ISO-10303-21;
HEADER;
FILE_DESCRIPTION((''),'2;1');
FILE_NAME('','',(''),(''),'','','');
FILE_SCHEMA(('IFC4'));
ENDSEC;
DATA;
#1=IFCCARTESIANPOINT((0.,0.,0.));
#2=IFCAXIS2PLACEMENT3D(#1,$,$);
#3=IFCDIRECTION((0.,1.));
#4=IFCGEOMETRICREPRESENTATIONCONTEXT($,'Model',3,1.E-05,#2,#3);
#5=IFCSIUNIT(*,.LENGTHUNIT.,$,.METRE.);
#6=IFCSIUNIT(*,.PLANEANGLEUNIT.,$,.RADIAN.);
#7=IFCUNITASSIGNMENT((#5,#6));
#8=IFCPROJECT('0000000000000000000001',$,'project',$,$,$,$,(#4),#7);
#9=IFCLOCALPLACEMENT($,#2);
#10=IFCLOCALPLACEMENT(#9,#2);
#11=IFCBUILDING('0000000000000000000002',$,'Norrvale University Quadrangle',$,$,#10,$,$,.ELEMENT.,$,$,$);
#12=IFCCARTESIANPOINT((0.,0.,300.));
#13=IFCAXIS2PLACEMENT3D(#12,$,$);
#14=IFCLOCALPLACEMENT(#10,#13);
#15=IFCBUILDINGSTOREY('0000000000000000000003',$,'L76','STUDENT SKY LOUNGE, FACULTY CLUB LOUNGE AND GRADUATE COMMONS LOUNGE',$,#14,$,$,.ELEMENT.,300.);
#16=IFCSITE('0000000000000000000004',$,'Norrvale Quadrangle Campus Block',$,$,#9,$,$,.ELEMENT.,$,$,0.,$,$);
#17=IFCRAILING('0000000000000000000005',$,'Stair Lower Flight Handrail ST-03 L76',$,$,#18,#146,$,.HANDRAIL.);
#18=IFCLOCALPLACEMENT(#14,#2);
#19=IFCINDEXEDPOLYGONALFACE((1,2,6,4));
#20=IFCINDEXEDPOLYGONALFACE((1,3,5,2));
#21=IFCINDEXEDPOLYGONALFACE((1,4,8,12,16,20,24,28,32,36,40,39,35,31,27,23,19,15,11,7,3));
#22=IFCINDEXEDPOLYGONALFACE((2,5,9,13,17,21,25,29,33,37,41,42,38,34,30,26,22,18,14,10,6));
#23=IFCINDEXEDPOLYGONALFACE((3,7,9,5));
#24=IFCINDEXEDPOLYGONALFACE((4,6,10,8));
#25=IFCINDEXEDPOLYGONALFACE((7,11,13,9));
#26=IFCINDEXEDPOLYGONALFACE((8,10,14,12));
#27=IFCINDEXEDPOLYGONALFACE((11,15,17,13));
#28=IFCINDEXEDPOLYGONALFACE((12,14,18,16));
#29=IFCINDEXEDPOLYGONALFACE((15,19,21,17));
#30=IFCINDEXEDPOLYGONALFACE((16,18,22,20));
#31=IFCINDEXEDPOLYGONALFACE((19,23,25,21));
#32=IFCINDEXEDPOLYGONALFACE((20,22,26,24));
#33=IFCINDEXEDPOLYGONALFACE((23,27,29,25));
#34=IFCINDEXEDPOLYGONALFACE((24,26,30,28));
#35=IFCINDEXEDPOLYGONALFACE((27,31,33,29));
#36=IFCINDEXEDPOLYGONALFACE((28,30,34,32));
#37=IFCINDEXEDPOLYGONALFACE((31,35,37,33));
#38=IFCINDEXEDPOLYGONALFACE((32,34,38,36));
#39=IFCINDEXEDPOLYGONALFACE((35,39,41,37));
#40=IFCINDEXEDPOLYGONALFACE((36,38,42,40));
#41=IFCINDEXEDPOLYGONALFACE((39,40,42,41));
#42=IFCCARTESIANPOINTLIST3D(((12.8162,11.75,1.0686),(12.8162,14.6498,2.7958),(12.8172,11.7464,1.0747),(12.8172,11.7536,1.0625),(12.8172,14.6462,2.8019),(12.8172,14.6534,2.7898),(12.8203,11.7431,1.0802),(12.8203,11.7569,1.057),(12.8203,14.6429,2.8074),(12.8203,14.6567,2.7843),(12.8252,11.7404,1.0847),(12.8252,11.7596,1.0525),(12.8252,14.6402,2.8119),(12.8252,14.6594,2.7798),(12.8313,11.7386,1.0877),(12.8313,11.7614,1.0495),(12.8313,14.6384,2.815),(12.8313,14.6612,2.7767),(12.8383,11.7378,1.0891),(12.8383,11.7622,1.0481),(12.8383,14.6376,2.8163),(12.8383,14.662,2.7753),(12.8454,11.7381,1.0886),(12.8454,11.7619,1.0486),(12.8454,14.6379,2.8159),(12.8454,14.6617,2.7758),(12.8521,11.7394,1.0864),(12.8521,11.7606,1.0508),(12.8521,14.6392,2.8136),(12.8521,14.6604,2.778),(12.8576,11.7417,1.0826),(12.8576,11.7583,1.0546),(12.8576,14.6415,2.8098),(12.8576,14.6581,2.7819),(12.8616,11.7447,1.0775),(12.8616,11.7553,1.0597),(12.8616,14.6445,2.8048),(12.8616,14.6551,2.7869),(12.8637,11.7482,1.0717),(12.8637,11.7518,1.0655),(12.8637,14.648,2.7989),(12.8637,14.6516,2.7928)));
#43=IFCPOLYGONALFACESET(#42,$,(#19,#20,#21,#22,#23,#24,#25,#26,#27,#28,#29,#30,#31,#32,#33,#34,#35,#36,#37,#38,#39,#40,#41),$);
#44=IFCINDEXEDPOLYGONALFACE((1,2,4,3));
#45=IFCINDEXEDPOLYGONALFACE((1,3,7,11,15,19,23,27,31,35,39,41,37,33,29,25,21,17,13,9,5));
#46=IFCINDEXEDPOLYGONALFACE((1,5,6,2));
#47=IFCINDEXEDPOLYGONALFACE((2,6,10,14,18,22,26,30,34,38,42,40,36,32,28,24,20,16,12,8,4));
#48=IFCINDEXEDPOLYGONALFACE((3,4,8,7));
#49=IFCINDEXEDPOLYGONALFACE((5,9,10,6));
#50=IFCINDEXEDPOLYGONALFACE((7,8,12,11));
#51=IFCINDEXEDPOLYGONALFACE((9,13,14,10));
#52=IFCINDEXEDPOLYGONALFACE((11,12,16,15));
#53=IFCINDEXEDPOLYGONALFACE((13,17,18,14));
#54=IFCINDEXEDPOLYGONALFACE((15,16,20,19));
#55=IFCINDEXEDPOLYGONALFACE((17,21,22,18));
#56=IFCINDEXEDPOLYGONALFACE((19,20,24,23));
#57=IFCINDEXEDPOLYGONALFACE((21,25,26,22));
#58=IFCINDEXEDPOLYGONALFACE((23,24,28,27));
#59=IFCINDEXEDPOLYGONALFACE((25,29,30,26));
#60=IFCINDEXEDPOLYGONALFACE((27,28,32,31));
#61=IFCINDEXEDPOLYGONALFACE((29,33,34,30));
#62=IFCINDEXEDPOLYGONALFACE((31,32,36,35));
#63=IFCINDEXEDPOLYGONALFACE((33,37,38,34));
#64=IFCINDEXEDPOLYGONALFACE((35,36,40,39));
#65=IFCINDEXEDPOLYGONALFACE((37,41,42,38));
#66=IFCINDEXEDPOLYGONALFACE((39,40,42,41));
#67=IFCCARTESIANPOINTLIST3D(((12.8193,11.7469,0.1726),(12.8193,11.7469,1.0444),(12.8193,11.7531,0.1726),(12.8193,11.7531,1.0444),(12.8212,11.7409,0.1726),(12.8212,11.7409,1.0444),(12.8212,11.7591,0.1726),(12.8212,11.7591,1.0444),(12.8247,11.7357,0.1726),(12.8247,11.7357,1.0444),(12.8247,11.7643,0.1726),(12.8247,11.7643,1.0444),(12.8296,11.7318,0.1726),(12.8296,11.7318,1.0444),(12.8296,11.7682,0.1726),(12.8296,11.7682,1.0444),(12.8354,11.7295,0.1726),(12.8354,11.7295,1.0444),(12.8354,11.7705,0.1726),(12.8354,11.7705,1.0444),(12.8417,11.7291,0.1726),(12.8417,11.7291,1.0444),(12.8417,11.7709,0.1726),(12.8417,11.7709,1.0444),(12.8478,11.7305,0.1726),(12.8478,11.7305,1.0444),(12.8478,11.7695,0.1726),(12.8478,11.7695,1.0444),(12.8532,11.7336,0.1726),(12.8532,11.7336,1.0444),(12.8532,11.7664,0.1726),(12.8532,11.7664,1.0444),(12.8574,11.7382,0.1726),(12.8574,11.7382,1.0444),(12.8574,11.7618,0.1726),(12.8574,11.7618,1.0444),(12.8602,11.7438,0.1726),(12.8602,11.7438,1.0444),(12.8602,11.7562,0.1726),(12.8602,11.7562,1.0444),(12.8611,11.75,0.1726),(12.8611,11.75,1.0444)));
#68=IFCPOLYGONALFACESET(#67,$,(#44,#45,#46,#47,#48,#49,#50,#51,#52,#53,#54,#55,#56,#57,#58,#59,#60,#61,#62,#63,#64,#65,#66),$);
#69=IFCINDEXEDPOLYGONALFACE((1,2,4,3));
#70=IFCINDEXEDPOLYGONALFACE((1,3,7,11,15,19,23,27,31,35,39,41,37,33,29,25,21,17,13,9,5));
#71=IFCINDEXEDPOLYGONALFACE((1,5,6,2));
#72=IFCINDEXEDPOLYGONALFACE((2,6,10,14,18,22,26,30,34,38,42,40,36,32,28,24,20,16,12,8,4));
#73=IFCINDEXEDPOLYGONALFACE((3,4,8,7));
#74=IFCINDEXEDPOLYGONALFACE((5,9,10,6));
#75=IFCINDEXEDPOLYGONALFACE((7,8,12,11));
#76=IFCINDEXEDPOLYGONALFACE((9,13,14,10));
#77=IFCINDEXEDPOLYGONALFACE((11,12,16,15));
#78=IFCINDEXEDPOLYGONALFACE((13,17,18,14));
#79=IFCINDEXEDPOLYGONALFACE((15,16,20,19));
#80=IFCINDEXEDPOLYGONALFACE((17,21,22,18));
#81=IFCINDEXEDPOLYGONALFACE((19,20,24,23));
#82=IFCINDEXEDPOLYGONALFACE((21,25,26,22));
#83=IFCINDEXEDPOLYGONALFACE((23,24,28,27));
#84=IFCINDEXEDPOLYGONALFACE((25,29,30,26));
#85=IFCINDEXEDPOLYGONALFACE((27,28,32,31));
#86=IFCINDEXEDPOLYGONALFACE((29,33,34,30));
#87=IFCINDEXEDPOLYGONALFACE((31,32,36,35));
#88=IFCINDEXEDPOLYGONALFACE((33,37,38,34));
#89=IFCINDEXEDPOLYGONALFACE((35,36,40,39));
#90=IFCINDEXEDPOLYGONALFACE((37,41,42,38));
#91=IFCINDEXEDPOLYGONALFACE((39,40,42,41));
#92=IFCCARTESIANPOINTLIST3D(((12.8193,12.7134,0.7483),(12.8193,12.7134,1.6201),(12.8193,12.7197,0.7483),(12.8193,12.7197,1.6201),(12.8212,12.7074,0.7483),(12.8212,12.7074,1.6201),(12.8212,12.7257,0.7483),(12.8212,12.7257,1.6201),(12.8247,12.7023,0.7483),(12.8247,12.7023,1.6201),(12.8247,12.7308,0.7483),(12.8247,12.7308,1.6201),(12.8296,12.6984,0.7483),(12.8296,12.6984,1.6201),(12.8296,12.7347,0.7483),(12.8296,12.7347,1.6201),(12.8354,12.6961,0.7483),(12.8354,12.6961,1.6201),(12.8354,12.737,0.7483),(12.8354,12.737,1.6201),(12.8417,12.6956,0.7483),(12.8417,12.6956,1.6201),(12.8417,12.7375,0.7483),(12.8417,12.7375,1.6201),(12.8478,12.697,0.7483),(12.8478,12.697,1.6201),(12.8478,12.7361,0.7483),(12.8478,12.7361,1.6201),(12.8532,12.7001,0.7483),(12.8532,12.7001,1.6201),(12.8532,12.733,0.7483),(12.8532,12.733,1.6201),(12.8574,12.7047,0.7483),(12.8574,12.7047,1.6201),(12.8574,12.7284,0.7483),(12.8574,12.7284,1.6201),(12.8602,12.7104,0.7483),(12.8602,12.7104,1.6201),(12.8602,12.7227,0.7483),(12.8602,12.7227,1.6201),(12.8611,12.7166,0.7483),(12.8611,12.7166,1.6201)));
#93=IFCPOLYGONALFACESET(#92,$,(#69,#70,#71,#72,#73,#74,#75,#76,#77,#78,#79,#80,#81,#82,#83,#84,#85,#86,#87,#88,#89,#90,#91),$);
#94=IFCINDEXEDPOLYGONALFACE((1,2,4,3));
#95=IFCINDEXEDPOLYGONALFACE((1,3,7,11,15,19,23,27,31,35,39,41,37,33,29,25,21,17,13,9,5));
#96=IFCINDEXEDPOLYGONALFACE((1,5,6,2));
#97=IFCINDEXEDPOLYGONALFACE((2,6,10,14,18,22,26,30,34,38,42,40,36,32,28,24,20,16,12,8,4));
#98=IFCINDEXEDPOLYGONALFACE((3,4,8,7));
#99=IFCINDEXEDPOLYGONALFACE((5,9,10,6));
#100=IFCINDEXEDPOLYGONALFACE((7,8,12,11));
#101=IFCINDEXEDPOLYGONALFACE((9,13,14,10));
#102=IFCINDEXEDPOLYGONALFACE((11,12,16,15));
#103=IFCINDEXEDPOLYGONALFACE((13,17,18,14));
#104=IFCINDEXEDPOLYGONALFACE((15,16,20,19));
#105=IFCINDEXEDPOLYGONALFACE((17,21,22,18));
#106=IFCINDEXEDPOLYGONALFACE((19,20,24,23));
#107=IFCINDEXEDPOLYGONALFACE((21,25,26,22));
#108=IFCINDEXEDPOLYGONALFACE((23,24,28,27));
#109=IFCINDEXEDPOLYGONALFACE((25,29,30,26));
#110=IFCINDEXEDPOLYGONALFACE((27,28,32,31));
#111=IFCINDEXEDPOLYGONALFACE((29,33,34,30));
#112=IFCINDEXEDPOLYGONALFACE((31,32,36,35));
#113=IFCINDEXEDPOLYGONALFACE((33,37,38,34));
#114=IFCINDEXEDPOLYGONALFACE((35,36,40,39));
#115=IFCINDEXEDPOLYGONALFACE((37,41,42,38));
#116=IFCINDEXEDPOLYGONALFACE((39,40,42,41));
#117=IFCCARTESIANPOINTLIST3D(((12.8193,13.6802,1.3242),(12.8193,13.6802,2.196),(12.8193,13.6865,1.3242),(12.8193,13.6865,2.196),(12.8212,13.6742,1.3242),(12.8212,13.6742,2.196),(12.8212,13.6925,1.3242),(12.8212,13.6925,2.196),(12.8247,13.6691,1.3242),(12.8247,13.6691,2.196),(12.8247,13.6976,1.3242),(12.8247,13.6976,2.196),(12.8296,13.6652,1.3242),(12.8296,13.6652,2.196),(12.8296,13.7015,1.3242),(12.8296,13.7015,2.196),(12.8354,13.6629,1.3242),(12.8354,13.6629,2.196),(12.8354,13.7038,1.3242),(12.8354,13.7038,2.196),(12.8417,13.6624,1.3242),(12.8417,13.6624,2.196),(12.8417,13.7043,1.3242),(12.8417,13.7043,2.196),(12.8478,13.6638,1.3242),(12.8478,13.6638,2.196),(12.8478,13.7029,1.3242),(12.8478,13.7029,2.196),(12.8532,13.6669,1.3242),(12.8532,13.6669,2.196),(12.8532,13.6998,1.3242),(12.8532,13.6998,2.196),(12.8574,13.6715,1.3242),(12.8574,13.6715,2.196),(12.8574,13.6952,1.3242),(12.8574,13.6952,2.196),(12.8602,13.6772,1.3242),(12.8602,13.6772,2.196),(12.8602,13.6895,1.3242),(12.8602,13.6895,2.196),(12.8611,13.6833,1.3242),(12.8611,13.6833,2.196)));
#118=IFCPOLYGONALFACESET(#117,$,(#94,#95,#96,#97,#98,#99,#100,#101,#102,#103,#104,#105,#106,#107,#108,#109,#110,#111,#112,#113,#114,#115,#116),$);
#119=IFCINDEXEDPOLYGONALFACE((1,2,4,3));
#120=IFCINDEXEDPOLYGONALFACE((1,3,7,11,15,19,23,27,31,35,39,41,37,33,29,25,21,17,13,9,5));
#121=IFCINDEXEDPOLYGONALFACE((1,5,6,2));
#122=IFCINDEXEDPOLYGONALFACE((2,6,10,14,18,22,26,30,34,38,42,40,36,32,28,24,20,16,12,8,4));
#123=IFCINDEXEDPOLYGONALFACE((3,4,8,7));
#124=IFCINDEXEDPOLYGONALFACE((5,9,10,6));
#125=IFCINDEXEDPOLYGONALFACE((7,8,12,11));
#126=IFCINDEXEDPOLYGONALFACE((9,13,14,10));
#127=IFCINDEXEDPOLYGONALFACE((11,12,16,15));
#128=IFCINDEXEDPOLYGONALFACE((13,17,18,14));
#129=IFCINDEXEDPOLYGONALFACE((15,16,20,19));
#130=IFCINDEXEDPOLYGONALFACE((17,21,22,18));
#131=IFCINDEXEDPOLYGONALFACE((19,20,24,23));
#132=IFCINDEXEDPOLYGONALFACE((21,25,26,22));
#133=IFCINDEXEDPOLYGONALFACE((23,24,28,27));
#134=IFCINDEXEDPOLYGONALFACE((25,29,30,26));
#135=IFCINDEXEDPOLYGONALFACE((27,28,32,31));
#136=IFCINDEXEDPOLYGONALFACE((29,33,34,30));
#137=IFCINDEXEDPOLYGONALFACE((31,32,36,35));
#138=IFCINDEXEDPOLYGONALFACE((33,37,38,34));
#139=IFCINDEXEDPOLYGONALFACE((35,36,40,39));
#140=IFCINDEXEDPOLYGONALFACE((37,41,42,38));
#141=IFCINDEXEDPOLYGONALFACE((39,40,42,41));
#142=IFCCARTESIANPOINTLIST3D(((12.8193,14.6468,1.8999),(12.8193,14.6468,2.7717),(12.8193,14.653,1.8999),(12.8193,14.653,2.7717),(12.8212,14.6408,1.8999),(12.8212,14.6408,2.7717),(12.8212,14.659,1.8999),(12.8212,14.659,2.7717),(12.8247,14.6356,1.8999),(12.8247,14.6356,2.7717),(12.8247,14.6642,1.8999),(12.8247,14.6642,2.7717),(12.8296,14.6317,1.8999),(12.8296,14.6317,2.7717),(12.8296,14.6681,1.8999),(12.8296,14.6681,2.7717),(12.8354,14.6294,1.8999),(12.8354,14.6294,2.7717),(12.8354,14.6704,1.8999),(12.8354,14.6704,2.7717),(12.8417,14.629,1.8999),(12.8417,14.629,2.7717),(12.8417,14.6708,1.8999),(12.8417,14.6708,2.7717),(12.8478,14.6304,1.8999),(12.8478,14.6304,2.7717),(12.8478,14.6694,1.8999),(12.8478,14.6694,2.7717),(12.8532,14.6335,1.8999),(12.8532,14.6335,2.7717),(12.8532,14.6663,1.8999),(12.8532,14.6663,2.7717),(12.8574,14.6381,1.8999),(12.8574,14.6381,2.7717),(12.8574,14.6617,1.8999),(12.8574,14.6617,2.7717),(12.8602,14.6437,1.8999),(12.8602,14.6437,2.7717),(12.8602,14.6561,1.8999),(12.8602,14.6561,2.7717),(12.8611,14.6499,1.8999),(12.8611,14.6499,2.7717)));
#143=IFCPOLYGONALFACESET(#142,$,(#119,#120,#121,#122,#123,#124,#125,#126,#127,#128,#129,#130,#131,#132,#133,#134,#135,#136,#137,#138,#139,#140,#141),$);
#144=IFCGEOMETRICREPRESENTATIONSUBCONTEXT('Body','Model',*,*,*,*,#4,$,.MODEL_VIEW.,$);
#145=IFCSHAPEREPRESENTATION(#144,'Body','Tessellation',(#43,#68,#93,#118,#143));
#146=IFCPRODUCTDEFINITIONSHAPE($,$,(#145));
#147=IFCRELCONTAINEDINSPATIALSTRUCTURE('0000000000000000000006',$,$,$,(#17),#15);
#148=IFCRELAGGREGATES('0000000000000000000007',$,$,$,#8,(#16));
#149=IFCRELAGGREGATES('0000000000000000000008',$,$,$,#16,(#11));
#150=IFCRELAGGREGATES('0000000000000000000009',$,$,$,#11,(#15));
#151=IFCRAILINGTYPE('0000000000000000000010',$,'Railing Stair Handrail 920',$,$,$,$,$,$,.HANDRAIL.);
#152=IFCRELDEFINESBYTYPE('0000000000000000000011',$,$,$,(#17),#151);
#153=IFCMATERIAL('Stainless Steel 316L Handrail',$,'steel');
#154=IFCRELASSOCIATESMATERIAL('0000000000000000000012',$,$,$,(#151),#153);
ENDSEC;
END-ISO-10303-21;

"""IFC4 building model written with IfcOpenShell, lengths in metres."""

from ifc_helpers import new_model, si_unit, direction, frame, origin, origin_2d, place, context, subcontext, project, spatial, circle, extrude, material, type_object, element, save


model = new_model("IFC4")

# Units and contexts
model_context = context("Model", 3, precision=1e-05, world=origin(), true_north=direction((0.0, 1.0)))
body_context = subcontext(model_context, "Body", "Model", "MODEL_VIEW")
ifc_project = project(units=[si_unit("LENGTHUNIT", "METRE"), si_unit("PLANEANGLEUNIT", "RADIAN")], contexts=[model_context])

# Site, building, storey
site_placement = place(None, origin())
site = spatial("IfcSite", under=ifc_project, at=site_placement, Name="Norrvale Quadrangle Campus Block", CompositionType="ELEMENT", RefElevation=0.0)
building_placement = place(site_placement, origin())
building = spatial("IfcBuilding", under=site, at=building_placement, Name="Norrvale University Quadrangle", CompositionType="ELEMENT")
storey_placement = place(building_placement, frame((0.0, 0.0, 300.0)))
storey = spatial("IfcBuildingStorey", under=building, at=storey_placement, Name="L76", Description="STUDENT SKY LOUNGE, FACULTY CLUB LOUNGE AND GRADUATE COMMONS LOUNGE", CompositionType="ELEMENT", Elevation=300.0)

# Railing
ifc_material_1 = material(Name="Stainless Steel 316L Handrail", Category="steel")
railing_type_1 = type_object("IfcRailingType", Name="Railing Stair Handrail 920", PredefinedType="HANDRAIL", material=ifc_material_1)
railing_1_placement = place(storey_placement, frame((12.8401, 11.75, 0.1726)))
element("IfcRailing", 1, at=railing_1_placement, inside=storey, type_object=railing_type_1, Name="Stair Lower Flight Handrail ST-03 L76", PredefinedType="HANDRAIL", context=body_context, shape_type="SweptSolid", body=[
    extrude(circle(Radius=0.0239, at=origin_2d()), frame((0.0, 0.0, 0.896), z_axis=(0.0, 0.859141, 0.511738), x_axis=(-1.0, 0.0, 0.0)), (0.0, 0.0, 1.0), 3.3752),
    extrude(circle(Radius=0.021, at=origin_2d()), origin(), (0.0, 0.0, 1.0), 0.8718),
    extrude(circle(Radius=0.021, at=origin_2d()), frame((0.0, 0.9666, 0.5757)), (0.0, 0.0, 1.0), 0.8718),
    extrude(circle(Radius=0.021, at=origin_2d()), frame((0.0, 1.9333, 1.1516)), (0.0, 0.0, 1.0), 0.8718),
    extrude(circle(Radius=0.021, at=origin_2d()), frame((0.0, 2.8999, 1.7273)), (0.0, 0.0, 1.0), 0.8718),
])

save(model, "model.ifc")
